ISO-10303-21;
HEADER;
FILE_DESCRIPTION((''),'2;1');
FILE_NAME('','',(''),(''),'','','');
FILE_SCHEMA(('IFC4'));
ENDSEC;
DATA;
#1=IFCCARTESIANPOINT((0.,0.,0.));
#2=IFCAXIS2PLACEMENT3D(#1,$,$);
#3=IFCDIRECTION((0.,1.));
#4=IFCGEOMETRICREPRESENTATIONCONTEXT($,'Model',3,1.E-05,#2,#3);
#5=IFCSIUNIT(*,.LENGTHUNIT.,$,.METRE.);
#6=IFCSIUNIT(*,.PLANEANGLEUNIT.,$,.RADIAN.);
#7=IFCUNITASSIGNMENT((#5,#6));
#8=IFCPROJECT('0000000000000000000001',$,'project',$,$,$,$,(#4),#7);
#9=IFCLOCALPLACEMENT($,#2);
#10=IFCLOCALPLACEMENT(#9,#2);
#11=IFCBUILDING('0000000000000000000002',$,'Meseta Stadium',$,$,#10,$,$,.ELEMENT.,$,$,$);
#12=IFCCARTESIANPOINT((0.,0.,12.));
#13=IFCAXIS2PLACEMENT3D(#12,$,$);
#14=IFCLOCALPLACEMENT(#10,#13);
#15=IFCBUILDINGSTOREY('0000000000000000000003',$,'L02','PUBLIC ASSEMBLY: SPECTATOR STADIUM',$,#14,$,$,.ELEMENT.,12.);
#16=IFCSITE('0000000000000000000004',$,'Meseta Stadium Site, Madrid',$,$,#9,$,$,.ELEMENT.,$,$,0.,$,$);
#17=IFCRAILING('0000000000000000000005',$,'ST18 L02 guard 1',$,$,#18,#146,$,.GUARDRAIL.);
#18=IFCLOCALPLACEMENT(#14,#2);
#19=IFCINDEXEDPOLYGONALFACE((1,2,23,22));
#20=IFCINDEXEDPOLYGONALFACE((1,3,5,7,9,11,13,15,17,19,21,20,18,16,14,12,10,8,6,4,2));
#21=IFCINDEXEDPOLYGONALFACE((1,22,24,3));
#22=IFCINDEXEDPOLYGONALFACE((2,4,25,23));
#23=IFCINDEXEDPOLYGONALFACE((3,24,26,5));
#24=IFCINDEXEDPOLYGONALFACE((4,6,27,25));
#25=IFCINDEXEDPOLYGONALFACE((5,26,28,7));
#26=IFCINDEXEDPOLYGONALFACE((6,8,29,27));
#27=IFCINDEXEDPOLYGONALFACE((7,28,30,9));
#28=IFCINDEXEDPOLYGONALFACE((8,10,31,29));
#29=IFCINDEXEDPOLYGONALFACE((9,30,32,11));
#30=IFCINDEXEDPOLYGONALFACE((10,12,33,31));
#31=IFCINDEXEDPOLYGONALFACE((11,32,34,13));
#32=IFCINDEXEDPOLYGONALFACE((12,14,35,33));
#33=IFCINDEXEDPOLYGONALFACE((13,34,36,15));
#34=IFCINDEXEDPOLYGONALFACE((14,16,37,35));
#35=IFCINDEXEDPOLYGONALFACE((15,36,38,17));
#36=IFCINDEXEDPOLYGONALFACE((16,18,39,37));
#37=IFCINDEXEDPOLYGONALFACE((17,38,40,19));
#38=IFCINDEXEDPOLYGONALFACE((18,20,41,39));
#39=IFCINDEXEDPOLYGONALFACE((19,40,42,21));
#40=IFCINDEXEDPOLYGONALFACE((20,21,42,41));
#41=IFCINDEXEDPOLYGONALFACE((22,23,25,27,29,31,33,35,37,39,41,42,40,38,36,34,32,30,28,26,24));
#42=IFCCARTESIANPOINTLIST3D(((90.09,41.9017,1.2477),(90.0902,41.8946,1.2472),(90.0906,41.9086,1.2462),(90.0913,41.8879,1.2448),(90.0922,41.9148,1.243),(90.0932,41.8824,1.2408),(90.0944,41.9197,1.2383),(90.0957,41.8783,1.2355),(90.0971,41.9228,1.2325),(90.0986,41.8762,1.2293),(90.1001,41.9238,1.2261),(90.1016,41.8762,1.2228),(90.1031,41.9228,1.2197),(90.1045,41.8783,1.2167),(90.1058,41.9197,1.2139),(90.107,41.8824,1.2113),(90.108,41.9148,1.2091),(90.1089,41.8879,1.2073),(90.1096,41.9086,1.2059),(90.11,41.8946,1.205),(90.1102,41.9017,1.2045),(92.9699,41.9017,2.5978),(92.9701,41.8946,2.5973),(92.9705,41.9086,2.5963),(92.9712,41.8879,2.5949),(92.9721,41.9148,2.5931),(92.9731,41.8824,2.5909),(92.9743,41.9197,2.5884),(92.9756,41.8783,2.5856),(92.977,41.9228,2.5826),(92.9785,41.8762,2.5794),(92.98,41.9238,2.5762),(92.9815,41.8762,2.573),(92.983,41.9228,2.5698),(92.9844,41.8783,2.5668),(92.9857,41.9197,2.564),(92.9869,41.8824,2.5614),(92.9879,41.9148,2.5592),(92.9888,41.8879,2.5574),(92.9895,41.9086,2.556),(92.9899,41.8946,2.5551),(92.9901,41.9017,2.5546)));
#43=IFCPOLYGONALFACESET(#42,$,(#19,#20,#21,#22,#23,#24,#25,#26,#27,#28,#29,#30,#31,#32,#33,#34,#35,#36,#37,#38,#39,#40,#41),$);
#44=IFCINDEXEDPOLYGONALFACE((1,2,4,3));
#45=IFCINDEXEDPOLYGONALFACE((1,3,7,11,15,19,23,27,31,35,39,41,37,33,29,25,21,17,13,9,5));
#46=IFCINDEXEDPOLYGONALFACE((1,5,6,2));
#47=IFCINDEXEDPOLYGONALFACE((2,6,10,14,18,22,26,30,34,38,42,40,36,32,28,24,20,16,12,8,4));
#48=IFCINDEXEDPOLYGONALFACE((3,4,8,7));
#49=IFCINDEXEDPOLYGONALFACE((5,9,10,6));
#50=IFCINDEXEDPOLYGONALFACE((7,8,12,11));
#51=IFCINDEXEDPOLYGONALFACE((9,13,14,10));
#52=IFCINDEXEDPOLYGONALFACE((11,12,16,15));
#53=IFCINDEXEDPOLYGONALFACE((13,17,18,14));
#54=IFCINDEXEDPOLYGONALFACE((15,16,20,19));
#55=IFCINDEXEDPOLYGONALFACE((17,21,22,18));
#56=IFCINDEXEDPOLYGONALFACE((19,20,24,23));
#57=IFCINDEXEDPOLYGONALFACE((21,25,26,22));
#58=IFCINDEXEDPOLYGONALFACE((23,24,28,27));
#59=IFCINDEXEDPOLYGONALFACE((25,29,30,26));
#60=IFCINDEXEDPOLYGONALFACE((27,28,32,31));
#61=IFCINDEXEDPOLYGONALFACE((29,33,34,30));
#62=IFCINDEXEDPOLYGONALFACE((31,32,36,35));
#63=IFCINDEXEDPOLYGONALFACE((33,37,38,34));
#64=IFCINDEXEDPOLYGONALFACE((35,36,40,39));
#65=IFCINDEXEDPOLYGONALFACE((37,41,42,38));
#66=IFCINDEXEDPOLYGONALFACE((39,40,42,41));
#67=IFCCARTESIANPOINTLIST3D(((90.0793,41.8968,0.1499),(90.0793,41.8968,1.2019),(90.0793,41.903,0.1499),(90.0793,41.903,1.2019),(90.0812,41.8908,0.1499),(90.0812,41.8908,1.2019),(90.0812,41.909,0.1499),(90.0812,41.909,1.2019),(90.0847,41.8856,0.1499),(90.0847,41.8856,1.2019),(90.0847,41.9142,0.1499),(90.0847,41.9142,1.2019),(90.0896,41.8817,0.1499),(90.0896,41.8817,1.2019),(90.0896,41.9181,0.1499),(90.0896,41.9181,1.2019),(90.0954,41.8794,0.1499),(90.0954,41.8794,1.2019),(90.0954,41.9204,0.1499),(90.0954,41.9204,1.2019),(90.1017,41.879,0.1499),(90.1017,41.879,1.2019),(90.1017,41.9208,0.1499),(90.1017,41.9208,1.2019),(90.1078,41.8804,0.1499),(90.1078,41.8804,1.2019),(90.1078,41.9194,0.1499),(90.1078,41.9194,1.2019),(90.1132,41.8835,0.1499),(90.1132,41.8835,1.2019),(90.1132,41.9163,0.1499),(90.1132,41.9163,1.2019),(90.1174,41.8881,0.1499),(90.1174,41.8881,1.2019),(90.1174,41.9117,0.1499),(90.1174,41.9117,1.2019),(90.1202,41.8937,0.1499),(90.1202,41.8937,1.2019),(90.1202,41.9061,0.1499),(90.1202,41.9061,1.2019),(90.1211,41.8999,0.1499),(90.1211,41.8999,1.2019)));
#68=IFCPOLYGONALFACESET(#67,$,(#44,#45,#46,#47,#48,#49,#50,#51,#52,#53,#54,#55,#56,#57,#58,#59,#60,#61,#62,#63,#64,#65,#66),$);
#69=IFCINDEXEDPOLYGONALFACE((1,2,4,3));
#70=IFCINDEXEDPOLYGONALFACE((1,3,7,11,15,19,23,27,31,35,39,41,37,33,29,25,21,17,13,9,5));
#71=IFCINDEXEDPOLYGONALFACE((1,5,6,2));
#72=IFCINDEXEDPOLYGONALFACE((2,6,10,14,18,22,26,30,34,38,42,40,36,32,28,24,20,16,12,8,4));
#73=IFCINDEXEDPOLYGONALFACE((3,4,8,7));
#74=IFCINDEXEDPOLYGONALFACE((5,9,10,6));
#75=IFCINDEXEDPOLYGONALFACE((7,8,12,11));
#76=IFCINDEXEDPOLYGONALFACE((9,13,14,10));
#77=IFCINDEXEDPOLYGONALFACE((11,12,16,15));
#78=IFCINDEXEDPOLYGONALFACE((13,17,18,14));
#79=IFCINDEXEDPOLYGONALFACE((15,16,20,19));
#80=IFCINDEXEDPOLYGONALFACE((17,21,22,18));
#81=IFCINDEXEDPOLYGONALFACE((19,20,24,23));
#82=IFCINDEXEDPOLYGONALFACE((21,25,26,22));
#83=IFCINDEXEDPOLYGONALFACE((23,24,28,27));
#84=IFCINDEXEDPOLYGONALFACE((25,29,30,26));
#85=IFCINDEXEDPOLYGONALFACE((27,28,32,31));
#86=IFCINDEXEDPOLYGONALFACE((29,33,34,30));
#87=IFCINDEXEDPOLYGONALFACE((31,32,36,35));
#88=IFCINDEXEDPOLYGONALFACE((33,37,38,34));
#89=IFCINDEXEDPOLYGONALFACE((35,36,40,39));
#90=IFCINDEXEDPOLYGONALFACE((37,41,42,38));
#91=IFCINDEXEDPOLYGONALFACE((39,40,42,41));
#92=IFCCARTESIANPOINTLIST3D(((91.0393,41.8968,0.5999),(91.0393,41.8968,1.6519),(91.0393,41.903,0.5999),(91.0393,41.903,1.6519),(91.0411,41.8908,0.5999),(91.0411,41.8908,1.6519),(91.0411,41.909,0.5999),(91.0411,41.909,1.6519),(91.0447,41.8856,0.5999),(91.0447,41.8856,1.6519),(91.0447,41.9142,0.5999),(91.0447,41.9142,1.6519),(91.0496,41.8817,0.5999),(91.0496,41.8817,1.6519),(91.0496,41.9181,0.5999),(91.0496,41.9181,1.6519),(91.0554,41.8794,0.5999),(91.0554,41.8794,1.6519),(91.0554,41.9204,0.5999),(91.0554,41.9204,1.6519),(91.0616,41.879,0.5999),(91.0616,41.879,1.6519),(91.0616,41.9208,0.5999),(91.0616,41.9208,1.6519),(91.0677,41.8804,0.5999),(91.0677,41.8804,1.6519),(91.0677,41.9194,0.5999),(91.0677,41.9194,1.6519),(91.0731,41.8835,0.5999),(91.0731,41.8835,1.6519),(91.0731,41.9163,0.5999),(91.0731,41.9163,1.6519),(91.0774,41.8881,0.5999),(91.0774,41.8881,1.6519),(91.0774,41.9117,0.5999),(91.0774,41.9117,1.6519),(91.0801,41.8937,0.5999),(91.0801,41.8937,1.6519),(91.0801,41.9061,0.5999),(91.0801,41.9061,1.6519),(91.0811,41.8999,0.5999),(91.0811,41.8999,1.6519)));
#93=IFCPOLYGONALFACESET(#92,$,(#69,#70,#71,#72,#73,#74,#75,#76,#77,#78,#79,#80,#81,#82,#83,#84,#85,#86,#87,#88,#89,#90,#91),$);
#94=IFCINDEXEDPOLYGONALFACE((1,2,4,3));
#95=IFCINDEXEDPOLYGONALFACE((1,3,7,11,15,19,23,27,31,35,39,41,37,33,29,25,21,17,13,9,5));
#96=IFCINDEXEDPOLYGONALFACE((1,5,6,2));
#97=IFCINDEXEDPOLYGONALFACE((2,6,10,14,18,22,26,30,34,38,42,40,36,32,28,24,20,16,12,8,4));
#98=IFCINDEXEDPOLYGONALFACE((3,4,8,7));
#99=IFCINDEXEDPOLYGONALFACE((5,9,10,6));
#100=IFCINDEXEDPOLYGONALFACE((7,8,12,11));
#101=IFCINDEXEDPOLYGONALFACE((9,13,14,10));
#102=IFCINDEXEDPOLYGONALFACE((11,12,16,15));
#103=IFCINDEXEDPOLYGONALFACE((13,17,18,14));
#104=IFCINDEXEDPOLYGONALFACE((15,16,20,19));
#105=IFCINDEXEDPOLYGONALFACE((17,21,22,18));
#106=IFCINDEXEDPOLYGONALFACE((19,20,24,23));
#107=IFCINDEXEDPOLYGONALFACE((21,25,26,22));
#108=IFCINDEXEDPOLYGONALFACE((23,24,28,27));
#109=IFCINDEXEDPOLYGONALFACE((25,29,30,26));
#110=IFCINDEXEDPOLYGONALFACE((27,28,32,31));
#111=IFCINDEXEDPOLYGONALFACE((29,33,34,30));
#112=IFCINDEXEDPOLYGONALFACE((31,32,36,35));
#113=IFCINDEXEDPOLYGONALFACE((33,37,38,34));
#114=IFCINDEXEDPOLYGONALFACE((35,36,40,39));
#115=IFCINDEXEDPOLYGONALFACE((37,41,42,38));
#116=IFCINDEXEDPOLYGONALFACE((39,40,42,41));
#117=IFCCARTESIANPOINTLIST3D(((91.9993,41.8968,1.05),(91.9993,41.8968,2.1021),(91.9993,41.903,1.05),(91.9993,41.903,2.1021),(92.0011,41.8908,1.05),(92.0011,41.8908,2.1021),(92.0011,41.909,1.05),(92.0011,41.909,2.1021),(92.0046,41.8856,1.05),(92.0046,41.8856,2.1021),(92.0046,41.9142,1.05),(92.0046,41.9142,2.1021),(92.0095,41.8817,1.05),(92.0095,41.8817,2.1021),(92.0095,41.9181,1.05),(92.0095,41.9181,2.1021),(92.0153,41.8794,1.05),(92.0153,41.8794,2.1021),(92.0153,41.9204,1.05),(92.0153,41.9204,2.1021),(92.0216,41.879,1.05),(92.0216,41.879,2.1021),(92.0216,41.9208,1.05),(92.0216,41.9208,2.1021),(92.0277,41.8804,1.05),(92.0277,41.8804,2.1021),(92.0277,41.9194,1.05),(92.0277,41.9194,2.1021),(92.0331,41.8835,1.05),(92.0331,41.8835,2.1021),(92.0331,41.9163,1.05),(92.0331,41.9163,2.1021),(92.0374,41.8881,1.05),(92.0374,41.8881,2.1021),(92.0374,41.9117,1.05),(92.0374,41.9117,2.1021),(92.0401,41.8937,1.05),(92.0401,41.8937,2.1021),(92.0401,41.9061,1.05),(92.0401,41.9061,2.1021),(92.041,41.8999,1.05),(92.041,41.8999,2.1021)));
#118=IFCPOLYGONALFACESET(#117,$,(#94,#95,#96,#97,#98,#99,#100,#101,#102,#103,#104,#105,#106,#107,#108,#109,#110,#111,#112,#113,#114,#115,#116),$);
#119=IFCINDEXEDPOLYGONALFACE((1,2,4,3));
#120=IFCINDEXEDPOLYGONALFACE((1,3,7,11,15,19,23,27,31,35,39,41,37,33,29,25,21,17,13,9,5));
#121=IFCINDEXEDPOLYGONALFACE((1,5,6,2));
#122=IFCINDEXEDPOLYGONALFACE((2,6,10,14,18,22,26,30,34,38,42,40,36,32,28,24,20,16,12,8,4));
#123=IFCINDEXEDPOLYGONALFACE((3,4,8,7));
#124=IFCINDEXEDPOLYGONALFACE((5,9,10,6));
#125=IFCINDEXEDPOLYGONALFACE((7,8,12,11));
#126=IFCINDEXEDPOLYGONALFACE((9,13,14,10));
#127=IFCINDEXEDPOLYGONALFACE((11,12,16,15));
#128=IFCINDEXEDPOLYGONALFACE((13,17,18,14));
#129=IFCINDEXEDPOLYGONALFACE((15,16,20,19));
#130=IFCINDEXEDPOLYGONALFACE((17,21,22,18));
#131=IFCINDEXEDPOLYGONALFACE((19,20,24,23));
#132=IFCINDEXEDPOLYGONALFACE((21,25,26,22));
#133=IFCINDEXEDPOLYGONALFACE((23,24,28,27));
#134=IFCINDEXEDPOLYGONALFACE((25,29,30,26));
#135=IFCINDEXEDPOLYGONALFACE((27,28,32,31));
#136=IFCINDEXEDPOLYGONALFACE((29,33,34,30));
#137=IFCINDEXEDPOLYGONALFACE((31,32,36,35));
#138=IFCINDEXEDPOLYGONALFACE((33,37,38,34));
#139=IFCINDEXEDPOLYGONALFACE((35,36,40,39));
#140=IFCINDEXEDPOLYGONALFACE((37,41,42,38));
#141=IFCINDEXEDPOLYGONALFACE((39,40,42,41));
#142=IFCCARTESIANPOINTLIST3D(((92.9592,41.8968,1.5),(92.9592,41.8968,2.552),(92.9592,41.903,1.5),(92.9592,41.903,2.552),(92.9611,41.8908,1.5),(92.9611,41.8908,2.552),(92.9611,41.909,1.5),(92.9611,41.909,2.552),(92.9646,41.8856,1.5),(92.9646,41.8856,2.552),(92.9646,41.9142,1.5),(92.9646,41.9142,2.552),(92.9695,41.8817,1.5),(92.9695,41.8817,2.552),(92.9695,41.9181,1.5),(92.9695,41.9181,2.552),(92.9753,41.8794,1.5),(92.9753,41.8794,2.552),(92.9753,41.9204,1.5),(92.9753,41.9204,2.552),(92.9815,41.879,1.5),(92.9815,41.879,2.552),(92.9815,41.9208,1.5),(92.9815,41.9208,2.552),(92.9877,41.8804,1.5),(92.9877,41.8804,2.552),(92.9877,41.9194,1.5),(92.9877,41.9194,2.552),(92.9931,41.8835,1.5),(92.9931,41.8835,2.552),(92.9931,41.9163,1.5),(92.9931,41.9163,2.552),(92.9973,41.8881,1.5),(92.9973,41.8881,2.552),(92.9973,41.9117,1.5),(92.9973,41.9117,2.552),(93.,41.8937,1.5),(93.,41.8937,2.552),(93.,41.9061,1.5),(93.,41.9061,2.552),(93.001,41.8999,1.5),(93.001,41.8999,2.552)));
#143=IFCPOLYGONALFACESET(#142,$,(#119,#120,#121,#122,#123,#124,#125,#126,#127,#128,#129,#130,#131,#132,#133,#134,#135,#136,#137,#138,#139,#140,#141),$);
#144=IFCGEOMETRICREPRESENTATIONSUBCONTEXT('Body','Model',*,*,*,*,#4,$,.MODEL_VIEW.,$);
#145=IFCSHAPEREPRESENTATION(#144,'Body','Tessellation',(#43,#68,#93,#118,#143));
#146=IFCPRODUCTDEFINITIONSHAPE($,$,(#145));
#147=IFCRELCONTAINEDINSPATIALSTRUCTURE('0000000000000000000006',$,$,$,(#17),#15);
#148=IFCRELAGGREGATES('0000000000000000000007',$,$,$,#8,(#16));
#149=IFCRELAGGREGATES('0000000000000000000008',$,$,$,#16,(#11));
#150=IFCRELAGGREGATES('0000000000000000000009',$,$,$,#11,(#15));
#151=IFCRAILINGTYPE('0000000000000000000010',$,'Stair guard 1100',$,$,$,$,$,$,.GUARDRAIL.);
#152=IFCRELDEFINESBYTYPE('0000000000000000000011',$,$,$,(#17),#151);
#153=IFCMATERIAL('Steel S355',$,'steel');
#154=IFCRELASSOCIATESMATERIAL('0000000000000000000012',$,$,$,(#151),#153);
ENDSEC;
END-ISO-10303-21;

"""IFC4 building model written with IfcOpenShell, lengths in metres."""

from ifc_helpers import new_model, si_unit, direction, frame, origin, origin_2d, place, context, subcontext, project, spatial, circle, extrude, material, type_object, element, save


model = new_model("IFC4")

# Units and contexts
model_context = context("Model", 3, precision=1e-05, world=origin(), true_north=direction((0.0, 1.0)))
body_context = subcontext(model_context, "Body", "Model", "MODEL_VIEW")
ifc_project = project(units=[si_unit("LENGTHUNIT", "METRE"), si_unit("PLANEANGLEUNIT", "RADIAN")], contexts=[model_context])

# Site, building, storey
site_placement = place(None, origin())
site = spatial("IfcSite", under=ifc_project, at=site_placement, Name="Meseta Stadium Site, Madrid", CompositionType="ELEMENT", RefElevation=0.0)
building_placement = place(site_placement, origin())
building = spatial("IfcBuilding", under=site, at=building_placement, Name="Meseta Stadium", CompositionType="ELEMENT")
storey_placement = place(building_placement, frame((0.0, 0.0, 12.0)))
storey = spatial("IfcBuildingStorey", under=building, at=storey_placement, Name="L02", Description="PUBLIC ASSEMBLY: SPECTATOR STADIUM", CompositionType="ELEMENT", Elevation=12.0)

# Railing
ifc_material_1 = material(Name="Steel S355", Category="steel")
railing_type_1 = type_object("IfcRailingType", Name="Stair guard 1100", PredefinedType="GUARDRAIL", material=ifc_material_1)
for number, where, name in (
    (1, (90.1001, 41.8999, 0.1499), "ST18 L02 guard 1"),
):
    element("IfcRailing", number, at=place(storey_placement, frame(where)), inside=storey, type_object=railing_type_1, Name=name, PredefinedType="GUARDRAIL", context=body_context, shape_type="SweptSolid", body=[
        extrude(circle(Radius=0.0239, at=origin_2d()), frame((0.0, 0.0, 1.0762), z_axis=(0.90544, 0.0, 0.424473), x_axis=(0.0, 1.0, 0.0)), (0.0, 0.0, 1.0), 3.1807),
        extrude(circle(Radius=0.021, at=origin_2d()), origin(), (0.0, 0.0, 1.0), 1.052),
        extrude(circle(Radius=0.021, at=origin_2d()), frame((0.96, 0.0, 0.45)), (0.0, 0.0, 1.0), 1.052),
        extrude(circle(Radius=0.021, at=origin_2d()), frame((1.9199, 0.0, 0.9001)), (0.0, 0.0, 1.0), 1.052),
        extrude(circle(Radius=0.021, at=origin_2d()), frame((2.8799, 0.0, 1.3501)), (0.0, 0.0, 1.0), 1.052),
    ])

save(model, "model.ifc")
